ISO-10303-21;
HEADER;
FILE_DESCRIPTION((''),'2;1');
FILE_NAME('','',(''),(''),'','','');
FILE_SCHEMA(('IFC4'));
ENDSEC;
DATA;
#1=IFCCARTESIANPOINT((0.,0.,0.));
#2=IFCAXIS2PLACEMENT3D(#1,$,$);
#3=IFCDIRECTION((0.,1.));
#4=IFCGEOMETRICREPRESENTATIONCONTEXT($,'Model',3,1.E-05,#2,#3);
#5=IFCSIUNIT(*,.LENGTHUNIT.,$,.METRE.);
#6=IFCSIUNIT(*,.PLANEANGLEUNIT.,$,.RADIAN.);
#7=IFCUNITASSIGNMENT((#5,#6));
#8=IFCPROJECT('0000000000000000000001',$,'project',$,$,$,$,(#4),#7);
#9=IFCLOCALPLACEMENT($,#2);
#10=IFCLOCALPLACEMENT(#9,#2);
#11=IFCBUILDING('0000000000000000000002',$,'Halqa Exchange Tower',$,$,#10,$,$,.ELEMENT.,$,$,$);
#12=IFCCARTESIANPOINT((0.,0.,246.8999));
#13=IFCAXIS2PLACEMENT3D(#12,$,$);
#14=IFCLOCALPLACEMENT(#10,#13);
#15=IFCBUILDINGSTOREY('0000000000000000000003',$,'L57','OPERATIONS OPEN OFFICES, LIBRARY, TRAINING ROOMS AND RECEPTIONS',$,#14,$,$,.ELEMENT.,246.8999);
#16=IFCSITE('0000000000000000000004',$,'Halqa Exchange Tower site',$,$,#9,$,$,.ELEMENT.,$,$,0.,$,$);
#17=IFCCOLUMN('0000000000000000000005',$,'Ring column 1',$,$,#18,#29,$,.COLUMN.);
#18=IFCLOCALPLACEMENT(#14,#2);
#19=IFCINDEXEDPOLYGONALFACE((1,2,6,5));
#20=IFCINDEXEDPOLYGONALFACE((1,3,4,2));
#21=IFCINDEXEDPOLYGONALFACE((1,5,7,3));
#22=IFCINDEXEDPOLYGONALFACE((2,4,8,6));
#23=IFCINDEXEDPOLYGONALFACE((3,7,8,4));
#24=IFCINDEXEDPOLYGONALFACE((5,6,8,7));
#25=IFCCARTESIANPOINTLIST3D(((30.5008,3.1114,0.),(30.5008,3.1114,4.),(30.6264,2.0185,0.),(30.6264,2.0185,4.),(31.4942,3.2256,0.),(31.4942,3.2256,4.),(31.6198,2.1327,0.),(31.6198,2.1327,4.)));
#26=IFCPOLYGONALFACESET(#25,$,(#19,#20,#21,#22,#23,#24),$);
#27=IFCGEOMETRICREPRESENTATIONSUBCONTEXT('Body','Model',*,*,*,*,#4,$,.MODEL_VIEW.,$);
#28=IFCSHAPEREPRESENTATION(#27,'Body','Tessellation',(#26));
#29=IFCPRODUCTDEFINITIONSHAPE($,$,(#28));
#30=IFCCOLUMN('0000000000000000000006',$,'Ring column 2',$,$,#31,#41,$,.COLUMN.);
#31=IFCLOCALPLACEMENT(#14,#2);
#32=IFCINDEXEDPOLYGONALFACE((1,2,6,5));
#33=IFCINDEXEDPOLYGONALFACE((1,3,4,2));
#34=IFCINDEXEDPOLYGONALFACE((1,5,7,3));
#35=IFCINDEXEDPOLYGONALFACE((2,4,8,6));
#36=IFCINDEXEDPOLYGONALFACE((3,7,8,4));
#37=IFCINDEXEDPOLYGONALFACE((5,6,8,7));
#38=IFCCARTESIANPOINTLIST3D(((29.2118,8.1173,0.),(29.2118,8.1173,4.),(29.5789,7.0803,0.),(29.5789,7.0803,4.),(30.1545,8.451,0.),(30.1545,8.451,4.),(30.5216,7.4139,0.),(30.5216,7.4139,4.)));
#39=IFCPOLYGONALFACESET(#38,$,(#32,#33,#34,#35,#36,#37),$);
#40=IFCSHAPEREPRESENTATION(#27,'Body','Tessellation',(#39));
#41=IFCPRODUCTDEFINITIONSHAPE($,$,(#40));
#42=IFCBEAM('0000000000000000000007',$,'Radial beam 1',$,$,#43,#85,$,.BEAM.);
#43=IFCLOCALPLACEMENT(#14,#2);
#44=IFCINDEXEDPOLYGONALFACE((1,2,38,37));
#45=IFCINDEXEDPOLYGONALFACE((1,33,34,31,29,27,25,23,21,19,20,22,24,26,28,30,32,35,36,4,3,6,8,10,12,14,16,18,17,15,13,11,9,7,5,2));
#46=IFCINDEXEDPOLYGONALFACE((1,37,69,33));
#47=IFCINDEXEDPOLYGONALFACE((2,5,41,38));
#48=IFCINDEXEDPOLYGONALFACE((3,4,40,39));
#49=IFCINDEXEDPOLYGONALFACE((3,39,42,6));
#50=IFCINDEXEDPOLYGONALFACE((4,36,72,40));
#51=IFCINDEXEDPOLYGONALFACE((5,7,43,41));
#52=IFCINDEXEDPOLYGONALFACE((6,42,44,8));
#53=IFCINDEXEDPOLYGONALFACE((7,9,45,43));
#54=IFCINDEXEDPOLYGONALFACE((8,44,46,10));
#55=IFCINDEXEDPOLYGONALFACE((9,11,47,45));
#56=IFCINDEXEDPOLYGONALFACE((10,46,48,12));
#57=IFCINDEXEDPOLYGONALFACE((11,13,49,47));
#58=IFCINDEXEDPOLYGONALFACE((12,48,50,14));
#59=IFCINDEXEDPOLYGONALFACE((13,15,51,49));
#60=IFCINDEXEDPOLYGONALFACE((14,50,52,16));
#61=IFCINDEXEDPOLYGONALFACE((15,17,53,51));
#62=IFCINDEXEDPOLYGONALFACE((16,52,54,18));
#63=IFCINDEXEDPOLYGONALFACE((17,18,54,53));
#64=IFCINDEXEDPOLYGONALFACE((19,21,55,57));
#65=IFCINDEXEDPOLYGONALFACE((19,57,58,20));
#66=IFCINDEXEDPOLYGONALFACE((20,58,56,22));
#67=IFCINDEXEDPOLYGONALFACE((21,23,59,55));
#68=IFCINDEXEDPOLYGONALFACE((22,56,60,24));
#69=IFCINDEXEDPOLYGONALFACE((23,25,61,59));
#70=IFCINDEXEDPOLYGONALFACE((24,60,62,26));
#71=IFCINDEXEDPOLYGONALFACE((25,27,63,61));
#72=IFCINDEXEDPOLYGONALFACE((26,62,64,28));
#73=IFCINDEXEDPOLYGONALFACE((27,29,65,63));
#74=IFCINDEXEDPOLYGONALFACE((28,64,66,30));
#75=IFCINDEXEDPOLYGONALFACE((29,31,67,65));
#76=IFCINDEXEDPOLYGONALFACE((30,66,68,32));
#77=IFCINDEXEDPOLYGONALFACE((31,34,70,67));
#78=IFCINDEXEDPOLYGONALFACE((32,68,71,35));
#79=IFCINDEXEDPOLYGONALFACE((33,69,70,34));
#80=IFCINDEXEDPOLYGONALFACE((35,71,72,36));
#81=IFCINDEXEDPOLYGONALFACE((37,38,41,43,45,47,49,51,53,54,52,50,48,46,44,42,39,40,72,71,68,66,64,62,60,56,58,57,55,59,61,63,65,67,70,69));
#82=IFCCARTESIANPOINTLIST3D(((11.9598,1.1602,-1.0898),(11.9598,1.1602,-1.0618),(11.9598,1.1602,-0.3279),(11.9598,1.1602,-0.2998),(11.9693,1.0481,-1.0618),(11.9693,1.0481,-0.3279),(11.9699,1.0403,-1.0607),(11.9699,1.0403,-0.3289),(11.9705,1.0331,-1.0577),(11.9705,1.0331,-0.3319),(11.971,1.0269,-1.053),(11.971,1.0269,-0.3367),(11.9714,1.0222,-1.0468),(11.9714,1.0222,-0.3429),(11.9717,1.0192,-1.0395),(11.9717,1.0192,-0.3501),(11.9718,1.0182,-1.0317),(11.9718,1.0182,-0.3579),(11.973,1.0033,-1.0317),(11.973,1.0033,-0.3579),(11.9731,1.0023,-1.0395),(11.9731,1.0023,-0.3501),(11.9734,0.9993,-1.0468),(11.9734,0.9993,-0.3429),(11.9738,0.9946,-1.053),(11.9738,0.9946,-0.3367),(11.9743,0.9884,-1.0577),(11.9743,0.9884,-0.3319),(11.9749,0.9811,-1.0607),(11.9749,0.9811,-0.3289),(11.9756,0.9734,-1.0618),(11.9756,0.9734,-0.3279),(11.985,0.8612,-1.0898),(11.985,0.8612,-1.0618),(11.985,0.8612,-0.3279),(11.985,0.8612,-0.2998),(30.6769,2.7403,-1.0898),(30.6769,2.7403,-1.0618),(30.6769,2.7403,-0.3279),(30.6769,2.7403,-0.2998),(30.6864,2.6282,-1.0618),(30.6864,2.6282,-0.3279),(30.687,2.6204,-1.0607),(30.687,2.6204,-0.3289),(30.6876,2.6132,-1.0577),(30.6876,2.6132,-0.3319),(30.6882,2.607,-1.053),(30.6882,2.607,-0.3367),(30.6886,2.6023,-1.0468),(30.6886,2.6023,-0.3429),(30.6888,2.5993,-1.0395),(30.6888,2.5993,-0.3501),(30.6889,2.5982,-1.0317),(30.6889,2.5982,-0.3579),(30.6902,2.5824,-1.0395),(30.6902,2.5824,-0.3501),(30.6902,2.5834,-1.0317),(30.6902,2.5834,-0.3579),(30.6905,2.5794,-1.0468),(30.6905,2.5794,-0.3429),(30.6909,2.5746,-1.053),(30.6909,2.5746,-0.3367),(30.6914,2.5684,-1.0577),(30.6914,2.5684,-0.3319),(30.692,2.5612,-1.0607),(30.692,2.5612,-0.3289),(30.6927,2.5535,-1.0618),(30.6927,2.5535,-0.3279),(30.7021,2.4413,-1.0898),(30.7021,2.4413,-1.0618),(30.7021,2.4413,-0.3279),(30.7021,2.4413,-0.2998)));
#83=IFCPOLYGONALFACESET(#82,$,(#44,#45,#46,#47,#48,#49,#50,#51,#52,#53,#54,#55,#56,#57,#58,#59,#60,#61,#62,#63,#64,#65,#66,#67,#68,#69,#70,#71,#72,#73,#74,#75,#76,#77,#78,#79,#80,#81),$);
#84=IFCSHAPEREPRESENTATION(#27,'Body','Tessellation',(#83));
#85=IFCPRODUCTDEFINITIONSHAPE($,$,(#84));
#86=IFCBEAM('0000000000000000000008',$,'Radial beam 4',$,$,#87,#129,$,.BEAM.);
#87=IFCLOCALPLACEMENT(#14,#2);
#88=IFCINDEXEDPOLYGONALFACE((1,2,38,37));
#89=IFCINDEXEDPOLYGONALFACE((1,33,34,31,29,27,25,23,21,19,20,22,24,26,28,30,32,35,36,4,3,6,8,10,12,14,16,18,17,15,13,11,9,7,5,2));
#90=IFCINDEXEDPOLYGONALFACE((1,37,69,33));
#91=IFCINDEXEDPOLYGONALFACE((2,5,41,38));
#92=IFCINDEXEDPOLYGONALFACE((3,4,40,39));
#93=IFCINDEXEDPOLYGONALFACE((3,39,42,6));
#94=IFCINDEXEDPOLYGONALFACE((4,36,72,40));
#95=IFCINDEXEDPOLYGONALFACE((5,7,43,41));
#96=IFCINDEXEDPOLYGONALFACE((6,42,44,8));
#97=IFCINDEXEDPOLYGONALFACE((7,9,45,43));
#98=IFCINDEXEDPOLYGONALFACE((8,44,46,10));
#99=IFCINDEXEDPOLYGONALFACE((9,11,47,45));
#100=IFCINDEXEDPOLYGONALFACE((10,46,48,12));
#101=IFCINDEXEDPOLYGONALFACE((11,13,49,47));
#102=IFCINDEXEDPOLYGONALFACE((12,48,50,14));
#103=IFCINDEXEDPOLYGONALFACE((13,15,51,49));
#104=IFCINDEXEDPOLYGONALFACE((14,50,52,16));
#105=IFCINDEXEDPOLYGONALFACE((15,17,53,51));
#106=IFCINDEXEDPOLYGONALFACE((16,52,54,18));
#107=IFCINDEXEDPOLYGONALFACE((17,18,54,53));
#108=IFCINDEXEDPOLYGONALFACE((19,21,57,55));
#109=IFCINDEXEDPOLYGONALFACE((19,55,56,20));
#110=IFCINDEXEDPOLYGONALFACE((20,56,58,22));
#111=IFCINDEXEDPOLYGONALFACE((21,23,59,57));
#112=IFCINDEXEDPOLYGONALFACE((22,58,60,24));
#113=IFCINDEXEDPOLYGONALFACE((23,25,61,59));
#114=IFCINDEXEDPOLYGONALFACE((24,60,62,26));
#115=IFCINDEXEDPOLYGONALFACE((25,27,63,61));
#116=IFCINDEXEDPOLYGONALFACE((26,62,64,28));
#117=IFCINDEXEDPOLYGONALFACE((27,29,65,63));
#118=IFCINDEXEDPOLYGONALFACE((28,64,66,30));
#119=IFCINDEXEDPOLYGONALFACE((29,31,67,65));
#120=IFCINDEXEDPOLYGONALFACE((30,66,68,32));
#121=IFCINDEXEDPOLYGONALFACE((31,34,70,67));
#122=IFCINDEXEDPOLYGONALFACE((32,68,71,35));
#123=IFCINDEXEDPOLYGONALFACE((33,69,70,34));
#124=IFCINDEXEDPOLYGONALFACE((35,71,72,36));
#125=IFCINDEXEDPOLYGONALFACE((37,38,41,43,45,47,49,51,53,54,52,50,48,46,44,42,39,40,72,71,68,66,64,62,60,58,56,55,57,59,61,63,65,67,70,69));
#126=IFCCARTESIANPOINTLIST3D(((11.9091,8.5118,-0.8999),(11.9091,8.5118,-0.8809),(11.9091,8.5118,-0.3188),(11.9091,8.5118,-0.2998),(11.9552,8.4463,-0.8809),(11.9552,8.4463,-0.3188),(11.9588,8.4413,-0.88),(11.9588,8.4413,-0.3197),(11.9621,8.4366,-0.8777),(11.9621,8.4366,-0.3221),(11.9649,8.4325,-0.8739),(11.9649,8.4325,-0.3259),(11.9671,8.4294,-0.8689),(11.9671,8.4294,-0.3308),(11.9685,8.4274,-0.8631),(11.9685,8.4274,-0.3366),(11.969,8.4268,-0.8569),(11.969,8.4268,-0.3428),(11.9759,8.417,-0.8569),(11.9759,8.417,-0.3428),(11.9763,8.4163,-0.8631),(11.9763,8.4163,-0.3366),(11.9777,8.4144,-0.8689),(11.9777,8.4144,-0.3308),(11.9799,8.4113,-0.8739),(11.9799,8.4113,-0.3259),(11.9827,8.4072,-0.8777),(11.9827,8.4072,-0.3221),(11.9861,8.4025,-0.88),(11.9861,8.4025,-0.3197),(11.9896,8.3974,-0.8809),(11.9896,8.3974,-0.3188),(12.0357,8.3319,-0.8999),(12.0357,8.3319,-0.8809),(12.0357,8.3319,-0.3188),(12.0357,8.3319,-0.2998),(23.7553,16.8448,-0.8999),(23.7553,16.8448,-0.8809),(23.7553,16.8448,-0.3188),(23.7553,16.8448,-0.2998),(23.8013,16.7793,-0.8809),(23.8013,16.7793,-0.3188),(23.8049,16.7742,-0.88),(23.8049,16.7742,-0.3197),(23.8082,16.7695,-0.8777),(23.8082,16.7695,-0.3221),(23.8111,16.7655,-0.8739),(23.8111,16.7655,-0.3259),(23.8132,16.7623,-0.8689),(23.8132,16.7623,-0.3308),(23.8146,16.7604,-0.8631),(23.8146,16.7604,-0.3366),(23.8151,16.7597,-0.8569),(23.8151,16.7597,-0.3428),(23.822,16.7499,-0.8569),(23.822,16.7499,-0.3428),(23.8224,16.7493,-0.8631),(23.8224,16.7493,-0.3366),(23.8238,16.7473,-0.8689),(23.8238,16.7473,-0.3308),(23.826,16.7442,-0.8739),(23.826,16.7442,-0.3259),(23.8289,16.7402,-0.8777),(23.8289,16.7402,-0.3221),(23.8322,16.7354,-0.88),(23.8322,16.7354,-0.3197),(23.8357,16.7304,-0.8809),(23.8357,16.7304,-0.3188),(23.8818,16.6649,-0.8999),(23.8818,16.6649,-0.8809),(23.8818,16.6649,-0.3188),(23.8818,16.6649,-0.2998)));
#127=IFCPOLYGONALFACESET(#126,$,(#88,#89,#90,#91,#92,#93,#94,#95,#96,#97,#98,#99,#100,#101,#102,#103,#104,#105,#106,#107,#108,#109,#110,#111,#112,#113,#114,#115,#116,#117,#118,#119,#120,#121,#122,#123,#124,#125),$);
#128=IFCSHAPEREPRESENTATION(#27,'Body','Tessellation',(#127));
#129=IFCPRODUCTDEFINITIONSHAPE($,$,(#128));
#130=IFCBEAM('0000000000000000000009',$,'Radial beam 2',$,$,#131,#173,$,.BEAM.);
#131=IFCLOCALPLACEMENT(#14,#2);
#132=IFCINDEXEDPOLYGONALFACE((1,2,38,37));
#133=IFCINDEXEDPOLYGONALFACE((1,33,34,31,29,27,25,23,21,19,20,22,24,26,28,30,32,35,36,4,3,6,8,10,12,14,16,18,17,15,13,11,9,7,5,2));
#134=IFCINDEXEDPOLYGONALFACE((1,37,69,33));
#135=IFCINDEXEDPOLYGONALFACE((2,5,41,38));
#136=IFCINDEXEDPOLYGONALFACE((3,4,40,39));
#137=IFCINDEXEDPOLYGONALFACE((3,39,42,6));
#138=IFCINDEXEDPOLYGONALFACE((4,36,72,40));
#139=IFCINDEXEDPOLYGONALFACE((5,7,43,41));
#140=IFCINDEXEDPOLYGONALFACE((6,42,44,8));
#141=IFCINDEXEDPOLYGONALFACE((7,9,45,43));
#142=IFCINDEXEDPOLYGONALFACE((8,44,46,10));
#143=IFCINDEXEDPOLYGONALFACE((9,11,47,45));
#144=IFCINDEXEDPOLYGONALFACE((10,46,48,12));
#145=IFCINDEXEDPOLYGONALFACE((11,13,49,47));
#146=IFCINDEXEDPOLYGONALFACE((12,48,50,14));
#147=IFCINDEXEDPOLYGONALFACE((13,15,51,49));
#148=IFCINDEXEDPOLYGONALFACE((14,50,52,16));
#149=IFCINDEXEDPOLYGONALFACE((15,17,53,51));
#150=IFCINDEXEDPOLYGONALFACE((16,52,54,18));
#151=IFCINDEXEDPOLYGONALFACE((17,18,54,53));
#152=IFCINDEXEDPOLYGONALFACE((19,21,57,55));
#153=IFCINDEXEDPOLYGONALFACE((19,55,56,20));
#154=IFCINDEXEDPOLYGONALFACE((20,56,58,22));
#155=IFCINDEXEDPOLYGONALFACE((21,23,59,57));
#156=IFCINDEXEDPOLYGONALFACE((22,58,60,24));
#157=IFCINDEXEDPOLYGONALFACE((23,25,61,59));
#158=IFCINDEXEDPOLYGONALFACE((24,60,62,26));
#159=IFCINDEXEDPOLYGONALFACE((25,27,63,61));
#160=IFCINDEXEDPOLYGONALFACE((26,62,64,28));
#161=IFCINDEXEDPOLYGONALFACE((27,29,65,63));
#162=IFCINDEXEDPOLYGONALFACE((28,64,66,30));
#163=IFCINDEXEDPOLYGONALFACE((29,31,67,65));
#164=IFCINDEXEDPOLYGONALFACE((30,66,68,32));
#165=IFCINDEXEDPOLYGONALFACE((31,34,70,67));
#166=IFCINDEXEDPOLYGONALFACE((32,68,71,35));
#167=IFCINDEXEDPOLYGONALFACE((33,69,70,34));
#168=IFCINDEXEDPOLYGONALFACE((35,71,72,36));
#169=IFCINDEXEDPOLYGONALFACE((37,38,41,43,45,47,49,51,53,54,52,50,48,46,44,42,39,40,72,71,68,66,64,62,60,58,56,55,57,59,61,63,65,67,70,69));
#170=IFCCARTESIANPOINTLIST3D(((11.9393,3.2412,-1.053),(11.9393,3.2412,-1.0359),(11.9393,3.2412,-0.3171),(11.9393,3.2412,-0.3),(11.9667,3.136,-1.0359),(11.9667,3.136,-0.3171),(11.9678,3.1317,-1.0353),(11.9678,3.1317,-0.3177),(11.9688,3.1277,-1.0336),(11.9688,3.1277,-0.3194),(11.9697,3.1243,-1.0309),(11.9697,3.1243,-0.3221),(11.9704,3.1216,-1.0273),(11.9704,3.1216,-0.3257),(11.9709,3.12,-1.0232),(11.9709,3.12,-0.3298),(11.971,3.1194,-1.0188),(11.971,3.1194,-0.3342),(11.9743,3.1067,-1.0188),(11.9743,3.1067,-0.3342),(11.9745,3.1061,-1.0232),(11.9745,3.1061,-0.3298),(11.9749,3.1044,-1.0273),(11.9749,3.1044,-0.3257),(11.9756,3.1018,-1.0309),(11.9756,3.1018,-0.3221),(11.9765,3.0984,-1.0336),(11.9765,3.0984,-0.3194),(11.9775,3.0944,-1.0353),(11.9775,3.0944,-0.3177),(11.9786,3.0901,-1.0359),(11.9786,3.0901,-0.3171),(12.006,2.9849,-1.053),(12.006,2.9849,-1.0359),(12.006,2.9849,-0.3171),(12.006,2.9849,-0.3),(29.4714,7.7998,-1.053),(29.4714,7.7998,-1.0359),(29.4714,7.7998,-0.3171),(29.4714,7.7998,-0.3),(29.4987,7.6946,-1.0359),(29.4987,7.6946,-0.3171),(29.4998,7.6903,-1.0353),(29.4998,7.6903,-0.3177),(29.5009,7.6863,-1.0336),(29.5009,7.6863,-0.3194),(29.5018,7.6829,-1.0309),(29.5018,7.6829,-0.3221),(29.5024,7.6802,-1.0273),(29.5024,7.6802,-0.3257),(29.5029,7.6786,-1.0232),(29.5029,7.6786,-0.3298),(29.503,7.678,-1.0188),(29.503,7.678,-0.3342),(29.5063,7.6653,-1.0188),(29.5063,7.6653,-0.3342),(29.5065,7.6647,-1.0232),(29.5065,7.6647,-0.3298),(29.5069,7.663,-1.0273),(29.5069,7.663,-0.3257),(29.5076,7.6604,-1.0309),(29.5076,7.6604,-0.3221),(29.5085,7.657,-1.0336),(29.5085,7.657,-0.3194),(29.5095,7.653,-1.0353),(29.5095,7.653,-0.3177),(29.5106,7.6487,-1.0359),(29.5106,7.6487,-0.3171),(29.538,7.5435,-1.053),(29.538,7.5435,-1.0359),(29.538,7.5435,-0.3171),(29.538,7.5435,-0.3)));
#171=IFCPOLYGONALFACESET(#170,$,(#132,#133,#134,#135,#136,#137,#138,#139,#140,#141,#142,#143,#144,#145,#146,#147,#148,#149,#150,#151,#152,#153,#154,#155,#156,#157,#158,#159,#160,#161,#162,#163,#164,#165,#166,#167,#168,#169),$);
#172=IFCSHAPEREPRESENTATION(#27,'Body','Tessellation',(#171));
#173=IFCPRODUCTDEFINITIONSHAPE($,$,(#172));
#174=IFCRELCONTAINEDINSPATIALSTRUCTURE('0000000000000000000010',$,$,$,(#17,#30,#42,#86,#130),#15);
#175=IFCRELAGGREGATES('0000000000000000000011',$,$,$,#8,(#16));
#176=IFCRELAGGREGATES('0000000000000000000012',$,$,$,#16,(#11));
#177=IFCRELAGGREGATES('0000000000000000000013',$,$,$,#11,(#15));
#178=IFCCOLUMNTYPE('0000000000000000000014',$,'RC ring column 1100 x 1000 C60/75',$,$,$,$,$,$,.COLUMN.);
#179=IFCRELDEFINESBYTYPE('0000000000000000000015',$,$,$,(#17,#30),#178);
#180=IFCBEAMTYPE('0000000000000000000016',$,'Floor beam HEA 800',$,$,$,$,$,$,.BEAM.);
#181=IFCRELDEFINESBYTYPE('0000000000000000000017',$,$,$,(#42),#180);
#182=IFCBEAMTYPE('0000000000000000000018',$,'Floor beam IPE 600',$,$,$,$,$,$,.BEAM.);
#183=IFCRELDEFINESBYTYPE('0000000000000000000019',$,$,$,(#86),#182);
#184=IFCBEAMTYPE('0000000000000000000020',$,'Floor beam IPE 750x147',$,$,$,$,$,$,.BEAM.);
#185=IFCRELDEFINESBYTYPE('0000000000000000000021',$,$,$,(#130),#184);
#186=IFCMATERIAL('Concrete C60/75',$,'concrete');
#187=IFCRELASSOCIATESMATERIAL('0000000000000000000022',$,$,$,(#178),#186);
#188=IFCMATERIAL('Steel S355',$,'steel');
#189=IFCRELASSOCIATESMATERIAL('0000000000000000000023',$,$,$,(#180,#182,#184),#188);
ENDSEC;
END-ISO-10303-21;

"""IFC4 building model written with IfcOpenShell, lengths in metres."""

from ifc_helpers import new_model, si_unit, direction, frame, origin, origin_2d, place, context, subcontext, project, spatial, rectangle, i_section, extrude, material, material_profile, profile_set, type_object, element, save


model = new_model("IFC4")

# Units and contexts
model_context = context("Model", 3, precision=1e-05, world=origin(), true_north=direction((0.0, 1.0)))
body_context = subcontext(model_context, "Body", "Model", "MODEL_VIEW")
ifc_project = project(units=[si_unit("LENGTHUNIT", "METRE"), si_unit("PLANEANGLEUNIT", "RADIAN")], contexts=[model_context])

# Site, building, storey
site_placement = place(None, origin())
site = spatial("IfcSite", under=ifc_project, at=site_placement, Name="Halqa Exchange Tower site", CompositionType="ELEMENT", RefElevation=0.0)
building_placement = place(site_placement, origin())
building = spatial("IfcBuilding", under=site, at=building_placement, Name="Halqa Exchange Tower", CompositionType="ELEMENT")
storey_placement = place(building_placement, frame((0.0, 0.0, 246.8999)))
storey = spatial("IfcBuildingStorey", under=building, at=storey_placement, Name="L57", Description="OPERATIONS OPEN OFFICES, LIBRARY, TRAINING ROOMS AND RECEPTIONS", CompositionType="ELEMENT", Elevation=246.8999)

# Columns
ifc_material_1 = material(Name="Concrete C60/75", Category="concrete")
ifc_material_profile_1 = material_profile(ifc_material_1, rectangle(XDim=1.1001, YDim=1.0, at=origin_2d()), Name="1100 x 1000")
ifc_profile_set_1 = profile_set([ifc_material_profile_1], Name="Concrete C60/75")
column_type = type_object("IfcColumnType", Name="RC ring column 1100 x 1000 C60/75", PredefinedType="COLUMN", material=ifc_profile_set_1)
for number, where, z_axis, x_axis, name in (
    (1, (31.0603, 2.6221, 0.0), (0.0, 0.0, 1.0), (-0.114153, 0.993463, 0.0), "Ring column 1"),
    (2, (29.8667, 7.7656, 0.0), (0.0, 0.0, 1.0), (-0.333624, 0.942706, 0.0), "Ring column 2"),
):
    element("IfcColumn", number, at=place(storey_placement, frame(where, z_axis=z_axis, x_axis=x_axis)), inside=storey, type_object=column_type, Name=name, PredefinedType="COLUMN", context=body_context, shape_type="SweptSolid", body=[
        extrude(rectangle(XDim=1.1001, YDim=1.0, at=origin_2d()), origin(), (0.0, 0.0, 1.0), 4.0),
    ])

# Beams
ifc_material_2 = material(Name="Steel S355", Category="steel")
ifc_material_profile_2 = material_profile(ifc_material_2, i_section(OverallWidth=0.3, OverallDepth=0.79, WebThickness=0.0149, FlangeThickness=0.0281, FilletRadius=0.03, at=origin_2d()), Name="HEA 800")
ifc_profile_set_2 = profile_set([ifc_material_profile_2], Name="Steel S355")
beam_type_1 = type_object("IfcBeamType", Name="Floor beam HEA 800", PredefinedType="BEAM", material=ifc_profile_set_2)
beam_1_placement = place(storey_placement, frame((11.9724, 1.0107, -0.6948), z_axis=(0.996456, 0.08412, 0.0), x_axis=(-0.08412, 0.996456, 0.0)))
element("IfcBeam", 3, at=beam_1_placement, inside=storey, type_object=beam_type_1, Name="Radial beam 1", PredefinedType="BEAM", context=body_context, shape_type="SweptSolid", body=[
    extrude(i_section(OverallWidth=0.3, OverallDepth=0.79, WebThickness=0.0149, FlangeThickness=0.0281, FilletRadius=0.03, at=origin_2d()), origin(), (0.0, 0.0, 1.0), 18.7837),
])
ifc_material_profile_3 = material_profile(ifc_material_2, i_section(OverallWidth=0.22, OverallDepth=0.6001, WebThickness=0.012, FlangeThickness=0.019, FilletRadius=0.0239, at=origin_2d()), Name="IPE 600")
ifc_profile_set_3 = profile_set([ifc_material_profile_3], Name="Steel S355")
beam_type_2 = type_object("IfcBeamType", Name="Floor beam IPE 600", PredefinedType="BEAM", material=ifc_profile_set_3)
beam_2_placement = place(storey_placement, frame((11.9724, 8.4219, -0.5999), z_axis=(0.81791, 0.575346, 0.0), x_axis=(-0.575346, 0.81791, 0.0)))
element("IfcBeam", 4, at=beam_2_placement, inside=storey, type_object=beam_type_2, Name="Radial beam 4", PredefinedType="BEAM", context=body_context, shape_type="SweptSolid", body=[
    extrude(i_section(OverallWidth=0.22, OverallDepth=0.6001, WebThickness=0.012, FlangeThickness=0.019, FilletRadius=0.0239, at=origin_2d()), origin(), (0.0, 0.0, 1.0), 14.4834),
])
ifc_material_profile_4 = material_profile(ifc_material_2, i_section(OverallWidth=0.2649, OverallDepth=0.7529, WebThickness=0.0132, FlangeThickness=0.0171, FilletRadius=0.0171, at=origin_2d()), Name="IPE 750x147")
ifc_profile_set_4 = profile_set([ifc_material_profile_4], Name="Steel S355")
beam_type_3 = type_object("IfcBeamType", Name="Floor beam IPE 750x147", PredefinedType="BEAM", material=ifc_profile_set_4)
beam_3_placement = place(storey_placement, frame((11.9727, 3.113, -0.6765), z_axis=(0.967819, 0.251648, 0.0), x_axis=(-0.251648, 0.967819, 0.0)))
element("IfcBeam", 5, at=beam_3_placement, inside=storey, type_object=beam_type_3, Name="Radial beam 2", PredefinedType="BEAM", context=body_context, shape_type="SweptSolid", body=[
    extrude(i_section(OverallWidth=0.2649, OverallDepth=0.7529, WebThickness=0.0132, FlangeThickness=0.0171, FilletRadius=0.0171, at=origin_2d()), origin(), (0.0, 0.0, 1.0), 18.115),
])

save(model, "model.ifc")
